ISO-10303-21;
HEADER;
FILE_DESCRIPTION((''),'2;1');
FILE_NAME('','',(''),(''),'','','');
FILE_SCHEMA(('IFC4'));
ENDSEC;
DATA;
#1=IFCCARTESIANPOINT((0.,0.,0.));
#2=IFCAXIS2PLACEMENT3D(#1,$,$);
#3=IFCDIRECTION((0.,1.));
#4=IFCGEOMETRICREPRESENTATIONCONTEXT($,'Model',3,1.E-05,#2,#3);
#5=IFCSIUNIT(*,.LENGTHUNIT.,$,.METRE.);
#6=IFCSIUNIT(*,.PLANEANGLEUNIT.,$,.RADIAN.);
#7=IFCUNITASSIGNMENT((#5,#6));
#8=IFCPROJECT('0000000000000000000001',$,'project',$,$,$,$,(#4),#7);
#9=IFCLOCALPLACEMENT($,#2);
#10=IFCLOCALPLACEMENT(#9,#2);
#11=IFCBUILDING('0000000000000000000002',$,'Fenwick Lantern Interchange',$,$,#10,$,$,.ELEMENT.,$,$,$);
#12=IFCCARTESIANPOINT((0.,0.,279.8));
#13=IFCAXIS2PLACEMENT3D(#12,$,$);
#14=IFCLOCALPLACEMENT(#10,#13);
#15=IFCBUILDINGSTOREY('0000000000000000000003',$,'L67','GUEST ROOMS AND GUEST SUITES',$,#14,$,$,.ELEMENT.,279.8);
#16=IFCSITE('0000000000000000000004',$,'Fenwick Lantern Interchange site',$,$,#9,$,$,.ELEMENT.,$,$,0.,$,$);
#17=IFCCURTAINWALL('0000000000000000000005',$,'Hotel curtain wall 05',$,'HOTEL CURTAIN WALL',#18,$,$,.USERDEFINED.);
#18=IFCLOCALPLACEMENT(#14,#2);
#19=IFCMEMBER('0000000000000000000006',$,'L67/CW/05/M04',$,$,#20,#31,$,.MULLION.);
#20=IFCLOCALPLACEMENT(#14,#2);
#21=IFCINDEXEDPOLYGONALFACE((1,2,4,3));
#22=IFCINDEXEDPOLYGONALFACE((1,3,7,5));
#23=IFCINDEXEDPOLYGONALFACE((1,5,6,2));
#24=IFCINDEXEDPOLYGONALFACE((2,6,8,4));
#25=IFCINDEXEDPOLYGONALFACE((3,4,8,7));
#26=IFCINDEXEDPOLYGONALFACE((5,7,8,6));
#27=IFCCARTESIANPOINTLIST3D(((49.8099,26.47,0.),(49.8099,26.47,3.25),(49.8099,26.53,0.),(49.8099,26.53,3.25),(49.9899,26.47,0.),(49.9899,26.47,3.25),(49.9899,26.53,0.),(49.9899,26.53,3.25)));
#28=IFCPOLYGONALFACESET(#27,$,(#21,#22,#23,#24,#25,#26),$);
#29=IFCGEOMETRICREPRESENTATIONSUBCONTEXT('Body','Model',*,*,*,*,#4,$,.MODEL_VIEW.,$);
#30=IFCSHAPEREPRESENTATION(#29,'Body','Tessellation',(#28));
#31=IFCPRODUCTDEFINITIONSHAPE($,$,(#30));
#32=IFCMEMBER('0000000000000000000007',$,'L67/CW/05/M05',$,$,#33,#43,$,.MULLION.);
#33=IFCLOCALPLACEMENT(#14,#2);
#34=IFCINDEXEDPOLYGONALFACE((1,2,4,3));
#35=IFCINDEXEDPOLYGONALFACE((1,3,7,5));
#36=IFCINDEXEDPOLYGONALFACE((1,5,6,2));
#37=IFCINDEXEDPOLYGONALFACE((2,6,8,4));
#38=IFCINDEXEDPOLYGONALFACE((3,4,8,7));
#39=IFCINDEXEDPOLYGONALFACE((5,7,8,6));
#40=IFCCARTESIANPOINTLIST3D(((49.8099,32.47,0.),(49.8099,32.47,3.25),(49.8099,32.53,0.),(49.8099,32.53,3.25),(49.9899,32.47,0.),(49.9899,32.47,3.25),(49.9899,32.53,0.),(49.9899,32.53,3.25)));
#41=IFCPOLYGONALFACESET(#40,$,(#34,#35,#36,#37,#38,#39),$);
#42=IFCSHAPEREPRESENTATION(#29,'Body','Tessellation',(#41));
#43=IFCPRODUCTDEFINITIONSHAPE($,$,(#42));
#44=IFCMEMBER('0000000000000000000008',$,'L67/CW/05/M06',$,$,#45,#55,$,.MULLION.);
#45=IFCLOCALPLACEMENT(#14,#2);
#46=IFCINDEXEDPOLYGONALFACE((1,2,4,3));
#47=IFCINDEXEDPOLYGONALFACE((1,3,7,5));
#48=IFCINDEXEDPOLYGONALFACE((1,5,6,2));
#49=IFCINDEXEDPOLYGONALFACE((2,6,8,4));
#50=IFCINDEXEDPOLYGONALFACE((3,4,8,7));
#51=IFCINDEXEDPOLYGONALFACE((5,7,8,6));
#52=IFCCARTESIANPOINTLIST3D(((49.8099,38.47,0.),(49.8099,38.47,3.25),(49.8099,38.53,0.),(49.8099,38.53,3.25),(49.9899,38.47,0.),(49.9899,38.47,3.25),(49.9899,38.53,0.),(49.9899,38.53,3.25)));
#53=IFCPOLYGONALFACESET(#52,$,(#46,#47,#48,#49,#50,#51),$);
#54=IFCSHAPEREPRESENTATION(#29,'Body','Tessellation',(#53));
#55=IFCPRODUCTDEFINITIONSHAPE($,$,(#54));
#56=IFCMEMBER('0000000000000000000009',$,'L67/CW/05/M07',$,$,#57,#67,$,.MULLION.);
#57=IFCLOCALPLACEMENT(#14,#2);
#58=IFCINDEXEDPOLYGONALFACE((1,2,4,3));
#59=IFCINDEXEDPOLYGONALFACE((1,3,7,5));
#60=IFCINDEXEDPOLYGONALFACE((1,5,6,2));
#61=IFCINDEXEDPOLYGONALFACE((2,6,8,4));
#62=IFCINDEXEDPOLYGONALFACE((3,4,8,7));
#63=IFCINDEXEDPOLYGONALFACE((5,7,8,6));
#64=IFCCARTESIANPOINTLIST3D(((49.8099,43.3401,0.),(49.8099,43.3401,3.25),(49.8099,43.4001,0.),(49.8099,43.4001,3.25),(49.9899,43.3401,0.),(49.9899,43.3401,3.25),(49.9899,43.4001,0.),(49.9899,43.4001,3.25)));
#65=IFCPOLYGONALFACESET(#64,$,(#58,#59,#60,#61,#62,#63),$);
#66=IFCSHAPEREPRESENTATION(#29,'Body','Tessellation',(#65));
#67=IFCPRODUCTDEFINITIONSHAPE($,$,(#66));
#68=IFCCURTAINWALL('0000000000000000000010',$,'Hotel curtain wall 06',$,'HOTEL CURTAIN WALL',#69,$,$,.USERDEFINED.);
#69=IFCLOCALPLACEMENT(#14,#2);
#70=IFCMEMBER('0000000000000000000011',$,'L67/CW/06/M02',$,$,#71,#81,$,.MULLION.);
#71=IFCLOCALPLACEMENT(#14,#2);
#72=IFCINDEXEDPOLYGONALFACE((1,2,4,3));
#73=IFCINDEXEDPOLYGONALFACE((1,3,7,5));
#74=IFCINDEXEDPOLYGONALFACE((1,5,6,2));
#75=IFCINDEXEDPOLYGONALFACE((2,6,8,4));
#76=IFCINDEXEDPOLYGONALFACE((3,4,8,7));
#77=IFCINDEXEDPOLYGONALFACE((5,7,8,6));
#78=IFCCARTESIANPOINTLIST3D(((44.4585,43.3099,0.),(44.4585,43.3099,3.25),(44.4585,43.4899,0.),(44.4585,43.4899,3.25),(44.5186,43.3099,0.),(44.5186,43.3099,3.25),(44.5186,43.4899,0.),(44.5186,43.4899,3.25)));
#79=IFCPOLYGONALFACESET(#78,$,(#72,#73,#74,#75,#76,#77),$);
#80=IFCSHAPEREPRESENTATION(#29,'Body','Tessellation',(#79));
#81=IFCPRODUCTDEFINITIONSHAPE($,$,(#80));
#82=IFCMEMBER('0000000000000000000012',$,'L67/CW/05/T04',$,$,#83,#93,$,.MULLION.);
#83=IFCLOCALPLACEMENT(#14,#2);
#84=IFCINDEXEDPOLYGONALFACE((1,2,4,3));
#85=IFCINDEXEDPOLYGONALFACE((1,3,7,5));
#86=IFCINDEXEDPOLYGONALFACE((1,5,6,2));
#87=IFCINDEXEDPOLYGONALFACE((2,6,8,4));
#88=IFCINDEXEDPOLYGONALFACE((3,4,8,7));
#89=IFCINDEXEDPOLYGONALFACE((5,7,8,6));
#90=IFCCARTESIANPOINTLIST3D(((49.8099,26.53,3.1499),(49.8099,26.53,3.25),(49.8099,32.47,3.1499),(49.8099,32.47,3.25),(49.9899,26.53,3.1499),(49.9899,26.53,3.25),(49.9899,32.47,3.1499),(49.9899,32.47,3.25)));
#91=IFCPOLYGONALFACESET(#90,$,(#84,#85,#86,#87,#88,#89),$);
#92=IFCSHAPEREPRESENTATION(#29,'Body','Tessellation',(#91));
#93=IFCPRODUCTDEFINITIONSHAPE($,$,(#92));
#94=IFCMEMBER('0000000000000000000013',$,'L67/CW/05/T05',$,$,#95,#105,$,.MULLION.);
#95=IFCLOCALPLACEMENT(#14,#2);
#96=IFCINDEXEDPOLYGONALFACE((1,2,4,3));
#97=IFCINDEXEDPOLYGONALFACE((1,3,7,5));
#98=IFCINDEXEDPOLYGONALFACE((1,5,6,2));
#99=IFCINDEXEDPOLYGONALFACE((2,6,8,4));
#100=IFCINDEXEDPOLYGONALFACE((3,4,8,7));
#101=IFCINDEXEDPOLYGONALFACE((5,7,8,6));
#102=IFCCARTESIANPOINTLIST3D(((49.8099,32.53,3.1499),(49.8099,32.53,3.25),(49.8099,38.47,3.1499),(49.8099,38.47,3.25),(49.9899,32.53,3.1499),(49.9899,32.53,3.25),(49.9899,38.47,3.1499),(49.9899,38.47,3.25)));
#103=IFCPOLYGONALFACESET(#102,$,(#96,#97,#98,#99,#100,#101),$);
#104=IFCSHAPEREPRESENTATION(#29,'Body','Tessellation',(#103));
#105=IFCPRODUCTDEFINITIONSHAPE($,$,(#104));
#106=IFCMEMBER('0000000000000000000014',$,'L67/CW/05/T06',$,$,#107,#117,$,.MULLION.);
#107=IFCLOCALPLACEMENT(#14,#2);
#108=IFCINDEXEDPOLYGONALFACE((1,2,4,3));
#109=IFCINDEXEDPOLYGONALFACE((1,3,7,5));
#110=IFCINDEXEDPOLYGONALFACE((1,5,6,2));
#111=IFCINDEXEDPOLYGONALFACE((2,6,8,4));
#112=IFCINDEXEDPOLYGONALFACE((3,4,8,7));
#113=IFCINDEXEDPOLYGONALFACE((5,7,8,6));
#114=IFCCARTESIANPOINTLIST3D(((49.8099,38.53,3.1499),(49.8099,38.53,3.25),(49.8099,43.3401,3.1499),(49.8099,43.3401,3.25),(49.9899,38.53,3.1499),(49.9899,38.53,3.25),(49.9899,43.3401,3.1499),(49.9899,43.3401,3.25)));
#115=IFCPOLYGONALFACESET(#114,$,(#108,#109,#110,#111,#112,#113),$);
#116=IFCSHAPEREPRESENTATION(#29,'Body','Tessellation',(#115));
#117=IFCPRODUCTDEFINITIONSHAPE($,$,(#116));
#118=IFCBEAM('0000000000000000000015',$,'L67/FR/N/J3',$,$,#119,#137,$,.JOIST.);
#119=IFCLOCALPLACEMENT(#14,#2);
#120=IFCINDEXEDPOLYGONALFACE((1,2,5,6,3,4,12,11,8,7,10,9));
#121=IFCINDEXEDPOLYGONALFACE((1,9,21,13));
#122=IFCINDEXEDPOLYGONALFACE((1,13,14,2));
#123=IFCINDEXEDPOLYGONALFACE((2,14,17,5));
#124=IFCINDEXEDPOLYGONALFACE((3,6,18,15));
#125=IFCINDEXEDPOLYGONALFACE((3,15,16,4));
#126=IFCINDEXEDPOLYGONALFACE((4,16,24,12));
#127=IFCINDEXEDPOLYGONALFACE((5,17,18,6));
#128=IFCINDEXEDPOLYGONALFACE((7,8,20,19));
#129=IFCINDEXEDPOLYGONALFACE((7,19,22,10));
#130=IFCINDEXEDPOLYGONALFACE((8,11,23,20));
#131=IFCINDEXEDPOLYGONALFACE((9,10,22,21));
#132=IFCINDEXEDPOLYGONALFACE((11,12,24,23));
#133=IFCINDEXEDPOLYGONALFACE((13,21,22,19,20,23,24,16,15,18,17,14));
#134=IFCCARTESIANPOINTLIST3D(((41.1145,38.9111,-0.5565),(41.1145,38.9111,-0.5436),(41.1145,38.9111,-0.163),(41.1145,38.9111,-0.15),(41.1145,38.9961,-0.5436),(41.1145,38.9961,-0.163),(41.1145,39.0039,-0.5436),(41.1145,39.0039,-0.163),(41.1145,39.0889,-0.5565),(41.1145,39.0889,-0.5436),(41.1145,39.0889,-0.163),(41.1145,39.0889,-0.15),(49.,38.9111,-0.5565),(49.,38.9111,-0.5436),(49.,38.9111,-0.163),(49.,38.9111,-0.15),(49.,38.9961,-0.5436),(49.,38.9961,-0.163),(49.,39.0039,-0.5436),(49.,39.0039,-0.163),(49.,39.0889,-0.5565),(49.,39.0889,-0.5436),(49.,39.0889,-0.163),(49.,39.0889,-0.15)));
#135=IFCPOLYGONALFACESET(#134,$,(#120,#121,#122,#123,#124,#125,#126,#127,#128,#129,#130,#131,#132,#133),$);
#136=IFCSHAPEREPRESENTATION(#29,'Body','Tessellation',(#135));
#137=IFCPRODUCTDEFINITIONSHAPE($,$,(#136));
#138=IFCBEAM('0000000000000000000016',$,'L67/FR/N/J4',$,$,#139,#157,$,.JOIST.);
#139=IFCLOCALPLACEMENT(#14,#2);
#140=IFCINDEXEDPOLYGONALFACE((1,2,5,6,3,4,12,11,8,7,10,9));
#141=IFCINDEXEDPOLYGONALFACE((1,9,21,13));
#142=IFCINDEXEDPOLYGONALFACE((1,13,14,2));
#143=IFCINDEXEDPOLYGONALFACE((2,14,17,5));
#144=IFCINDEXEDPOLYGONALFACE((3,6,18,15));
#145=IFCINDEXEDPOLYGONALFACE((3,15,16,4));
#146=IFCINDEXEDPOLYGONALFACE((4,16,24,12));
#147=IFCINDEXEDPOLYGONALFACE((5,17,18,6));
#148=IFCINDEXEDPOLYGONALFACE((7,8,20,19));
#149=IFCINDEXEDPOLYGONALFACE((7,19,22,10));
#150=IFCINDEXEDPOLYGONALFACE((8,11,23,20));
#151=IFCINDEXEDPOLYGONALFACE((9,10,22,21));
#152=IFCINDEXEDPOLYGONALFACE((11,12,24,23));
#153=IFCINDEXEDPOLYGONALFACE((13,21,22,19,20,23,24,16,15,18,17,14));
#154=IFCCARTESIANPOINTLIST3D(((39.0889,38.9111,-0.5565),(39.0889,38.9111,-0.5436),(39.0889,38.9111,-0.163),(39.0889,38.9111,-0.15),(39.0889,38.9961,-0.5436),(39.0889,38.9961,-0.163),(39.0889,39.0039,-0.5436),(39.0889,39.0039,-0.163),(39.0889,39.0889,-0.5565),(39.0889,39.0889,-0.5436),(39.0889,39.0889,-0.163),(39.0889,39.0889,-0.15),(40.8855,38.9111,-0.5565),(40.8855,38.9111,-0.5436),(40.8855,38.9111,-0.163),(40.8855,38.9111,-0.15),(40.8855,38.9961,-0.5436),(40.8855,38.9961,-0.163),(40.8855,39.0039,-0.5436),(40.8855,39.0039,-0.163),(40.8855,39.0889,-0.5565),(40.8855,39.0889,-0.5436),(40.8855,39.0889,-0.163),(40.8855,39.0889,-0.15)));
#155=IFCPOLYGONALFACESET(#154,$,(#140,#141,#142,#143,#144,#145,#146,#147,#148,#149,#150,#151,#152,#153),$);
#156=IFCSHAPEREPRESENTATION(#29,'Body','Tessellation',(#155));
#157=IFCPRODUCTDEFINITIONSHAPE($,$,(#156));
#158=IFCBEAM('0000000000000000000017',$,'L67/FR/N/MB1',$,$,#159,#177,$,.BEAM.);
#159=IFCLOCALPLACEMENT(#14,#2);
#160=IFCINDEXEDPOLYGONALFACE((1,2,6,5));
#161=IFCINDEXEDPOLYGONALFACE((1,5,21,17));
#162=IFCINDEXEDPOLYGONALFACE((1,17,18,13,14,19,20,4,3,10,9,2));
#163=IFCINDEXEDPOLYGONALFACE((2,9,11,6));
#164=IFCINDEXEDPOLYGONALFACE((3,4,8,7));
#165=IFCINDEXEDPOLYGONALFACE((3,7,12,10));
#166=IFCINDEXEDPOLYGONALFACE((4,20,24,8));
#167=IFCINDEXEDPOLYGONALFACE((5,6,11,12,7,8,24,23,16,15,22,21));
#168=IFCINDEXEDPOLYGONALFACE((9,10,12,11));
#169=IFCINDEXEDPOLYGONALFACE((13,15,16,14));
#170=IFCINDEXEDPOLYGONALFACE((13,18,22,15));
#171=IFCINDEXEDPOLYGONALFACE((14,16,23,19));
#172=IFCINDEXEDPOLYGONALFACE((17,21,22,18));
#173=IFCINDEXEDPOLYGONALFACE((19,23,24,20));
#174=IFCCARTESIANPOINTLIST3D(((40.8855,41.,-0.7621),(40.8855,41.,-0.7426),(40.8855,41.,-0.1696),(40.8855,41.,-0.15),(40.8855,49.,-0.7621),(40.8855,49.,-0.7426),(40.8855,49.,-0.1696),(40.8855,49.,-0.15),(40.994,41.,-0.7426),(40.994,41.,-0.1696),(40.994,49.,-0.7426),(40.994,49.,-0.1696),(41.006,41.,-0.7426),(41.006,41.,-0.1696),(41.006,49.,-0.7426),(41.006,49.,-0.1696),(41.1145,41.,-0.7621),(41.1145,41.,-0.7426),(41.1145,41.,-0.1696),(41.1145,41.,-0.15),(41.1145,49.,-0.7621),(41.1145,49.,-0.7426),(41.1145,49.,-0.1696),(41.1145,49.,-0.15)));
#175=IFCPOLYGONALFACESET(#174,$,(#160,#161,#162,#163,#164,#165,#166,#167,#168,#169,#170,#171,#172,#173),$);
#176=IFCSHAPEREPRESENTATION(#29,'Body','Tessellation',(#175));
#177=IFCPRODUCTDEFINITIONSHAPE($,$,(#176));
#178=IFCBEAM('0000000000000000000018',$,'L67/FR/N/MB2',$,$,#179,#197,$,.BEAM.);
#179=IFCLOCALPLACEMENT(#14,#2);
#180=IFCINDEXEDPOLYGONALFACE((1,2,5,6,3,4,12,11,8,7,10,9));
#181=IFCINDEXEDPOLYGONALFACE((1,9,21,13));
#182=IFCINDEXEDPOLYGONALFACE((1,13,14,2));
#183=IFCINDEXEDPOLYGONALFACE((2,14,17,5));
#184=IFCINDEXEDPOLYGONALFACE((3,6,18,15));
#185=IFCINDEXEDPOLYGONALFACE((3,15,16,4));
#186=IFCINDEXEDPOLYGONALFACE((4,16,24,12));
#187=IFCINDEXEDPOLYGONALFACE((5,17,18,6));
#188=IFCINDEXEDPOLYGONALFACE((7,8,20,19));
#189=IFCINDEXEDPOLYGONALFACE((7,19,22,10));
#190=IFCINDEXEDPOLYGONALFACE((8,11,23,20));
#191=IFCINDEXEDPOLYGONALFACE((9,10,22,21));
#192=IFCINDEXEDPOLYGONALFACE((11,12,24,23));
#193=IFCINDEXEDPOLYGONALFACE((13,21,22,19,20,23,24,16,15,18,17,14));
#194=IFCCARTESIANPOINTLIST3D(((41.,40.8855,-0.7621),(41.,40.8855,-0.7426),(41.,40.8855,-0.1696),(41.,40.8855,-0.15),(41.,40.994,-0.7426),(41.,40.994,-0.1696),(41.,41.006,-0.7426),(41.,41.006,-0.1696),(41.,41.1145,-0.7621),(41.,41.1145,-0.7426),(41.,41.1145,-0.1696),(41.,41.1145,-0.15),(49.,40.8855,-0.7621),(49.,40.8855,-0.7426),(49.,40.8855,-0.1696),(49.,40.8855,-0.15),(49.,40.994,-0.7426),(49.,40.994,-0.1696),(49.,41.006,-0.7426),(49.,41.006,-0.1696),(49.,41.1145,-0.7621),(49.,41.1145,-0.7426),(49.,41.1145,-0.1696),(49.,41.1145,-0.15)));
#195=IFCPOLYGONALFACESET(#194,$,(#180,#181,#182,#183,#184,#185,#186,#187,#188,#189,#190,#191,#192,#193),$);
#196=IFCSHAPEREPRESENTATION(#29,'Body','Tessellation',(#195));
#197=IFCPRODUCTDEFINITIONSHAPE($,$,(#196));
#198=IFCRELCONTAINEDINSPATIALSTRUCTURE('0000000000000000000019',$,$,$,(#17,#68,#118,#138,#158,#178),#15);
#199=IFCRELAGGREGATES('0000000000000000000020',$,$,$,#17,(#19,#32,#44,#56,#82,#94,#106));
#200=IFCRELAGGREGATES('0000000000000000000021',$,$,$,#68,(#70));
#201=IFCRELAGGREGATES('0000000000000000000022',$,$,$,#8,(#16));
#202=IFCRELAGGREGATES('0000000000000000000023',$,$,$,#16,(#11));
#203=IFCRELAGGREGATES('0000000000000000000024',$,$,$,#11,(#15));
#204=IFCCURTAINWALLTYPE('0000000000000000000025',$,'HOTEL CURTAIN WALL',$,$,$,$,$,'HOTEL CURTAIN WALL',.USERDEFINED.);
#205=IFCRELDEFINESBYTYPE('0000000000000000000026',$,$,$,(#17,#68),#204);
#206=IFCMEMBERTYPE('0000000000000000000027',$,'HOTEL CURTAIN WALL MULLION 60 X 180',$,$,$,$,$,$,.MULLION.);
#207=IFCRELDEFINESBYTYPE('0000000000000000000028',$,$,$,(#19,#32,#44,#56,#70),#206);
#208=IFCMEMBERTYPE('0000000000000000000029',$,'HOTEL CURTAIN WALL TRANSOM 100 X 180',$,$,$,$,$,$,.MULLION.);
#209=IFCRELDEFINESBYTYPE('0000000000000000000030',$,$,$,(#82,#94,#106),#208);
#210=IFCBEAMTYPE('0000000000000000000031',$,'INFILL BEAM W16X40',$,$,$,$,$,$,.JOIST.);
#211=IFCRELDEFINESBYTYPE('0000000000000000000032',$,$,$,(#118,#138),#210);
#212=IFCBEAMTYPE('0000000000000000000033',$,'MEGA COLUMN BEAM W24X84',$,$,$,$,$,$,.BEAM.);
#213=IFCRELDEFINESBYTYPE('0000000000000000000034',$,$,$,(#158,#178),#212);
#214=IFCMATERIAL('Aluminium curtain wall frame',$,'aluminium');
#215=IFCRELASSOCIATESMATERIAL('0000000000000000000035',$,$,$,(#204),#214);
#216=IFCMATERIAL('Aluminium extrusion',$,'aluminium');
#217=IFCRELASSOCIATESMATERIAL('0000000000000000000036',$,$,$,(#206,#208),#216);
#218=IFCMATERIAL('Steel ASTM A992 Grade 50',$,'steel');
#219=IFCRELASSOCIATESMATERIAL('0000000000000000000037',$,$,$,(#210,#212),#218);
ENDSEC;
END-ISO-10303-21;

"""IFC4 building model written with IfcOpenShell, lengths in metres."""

from ifc_helpers import new_model, si_unit, direction, frame, origin, origin_2d, place, context, subcontext, project, spatial, rectangle, i_section, extrude, material, material_profile, profile_set, type_object, element, aggregate, save


model = new_model("IFC4")

# Units and contexts
model_context = context("Model", 3, precision=1e-05, world=origin(), true_north=direction((0.0, 1.0)))
body_context = subcontext(model_context, "Body", "Model", "MODEL_VIEW")
ifc_project = project(units=[si_unit("LENGTHUNIT", "METRE"), si_unit("PLANEANGLEUNIT", "RADIAN")], contexts=[model_context])

# Site, building, storey
site_placement = place(None, origin())
site = spatial("IfcSite", under=ifc_project, at=site_placement, Name="Fenwick Lantern Interchange site", CompositionType="ELEMENT", RefElevation=0.0)
building_placement = place(site_placement, origin())
building = spatial("IfcBuilding", under=site, at=building_placement, Name="Fenwick Lantern Interchange", CompositionType="ELEMENT")
storey_placement = place(building_placement, frame((0.0, 0.0, 279.8)))
storey = spatial("IfcBuildingStorey", under=building, at=storey_placement, Name="L67", Description="GUEST ROOMS AND GUEST SUITES", CompositionType="ELEMENT", Elevation=279.8)

# Shared definitions
ifc_material_1 = material(Name="Steel ASTM A992 Grade 50", Category="steel")

# Curtain wall, members
ifc_material_2 = material(Name="Aluminium curtain wall frame", Category="aluminium")
curtain_wall_type = type_object("IfcCurtainWallType", Name="HOTEL CURTAIN WALL", ElementType="HOTEL CURTAIN WALL", PredefinedType="USERDEFINED", material=ifc_material_2)
curtain_wall_1_placement = place(storey_placement, origin())
curtain_wall_1 = element("IfcCurtainWall", 1, at=curtain_wall_1_placement, inside=storey, type_object=curtain_wall_type, Name="Hotel curtain wall 05", ObjectType="HOTEL CURTAIN WALL", PredefinedType="USERDEFINED")
ifc_material_3 = material(Name="Aluminium extrusion", Category="aluminium")
ifc_material_profile_1 = material_profile(ifc_material_3, rectangle(XDim=0.1799, YDim=0.0601, at=origin_2d()), Name="HOTEL CURTAIN WALL MULLION 60 X 180")
ifc_profile_set_1 = profile_set([ifc_material_profile_1], Name="Aluminium extrusion")
member_type_1 = type_object("IfcMemberType", Name="HOTEL CURTAIN WALL MULLION 60 X 180", PredefinedType="MULLION", material=ifc_profile_set_1)
member_1_placement = place(storey_placement, frame((49.8999, 26.5, 0.0), z_axis=(0.0, 0.0, 1.0), x_axis=(-1.0, 0.0, 0.0)))
member_1 = element("IfcMember", 2, at=member_1_placement, type_object=member_type_1, Name="L67/CW/05/M04", PredefinedType="MULLION", context=body_context, shape_type="SweptSolid", body=[
    extrude(rectangle(XDim=0.1799, YDim=0.0601, at=origin_2d()), origin(), (0.0, 0.0, 1.0), 3.25),
])
member_2_placement = place(storey_placement, frame((49.8999, 32.5, 0.0), z_axis=(0.0, 0.0, 1.0), x_axis=(-1.0, 0.0, 0.0)))
member_2 = element("IfcMember", 3, at=member_2_placement, type_object=member_type_1, Name="L67/CW/05/M05", PredefinedType="MULLION", context=body_context, shape_type="SweptSolid", body=[
    extrude(rectangle(XDim=0.1799, YDim=0.0601, at=origin_2d()), origin(), (0.0, 0.0, 1.0), 3.25),
])
member_3_placement = place(storey_placement, frame((49.8999, 38.5, 0.0), z_axis=(0.0, 0.0, 1.0), x_axis=(-1.0, 0.0, 0.0)))
member_3 = element("IfcMember", 4, at=member_3_placement, type_object=member_type_1, Name="L67/CW/05/M06", PredefinedType="MULLION", context=body_context, shape_type="SweptSolid", body=[
    extrude(rectangle(XDim=0.1799, YDim=0.0601, at=origin_2d()), origin(), (0.0, 0.0, 1.0), 3.25),
])
member_4_placement = place(storey_placement, frame((49.8999, 43.3701, 0.0), z_axis=(0.0, 0.0, 1.0), x_axis=(-1.0, 0.0, 0.0)))
member_4 = element("IfcMember", 5, at=member_4_placement, type_object=member_type_1, Name="L67/CW/05/M07", PredefinedType="MULLION", context=body_context, shape_type="SweptSolid", body=[
    extrude(rectangle(XDim=0.1799, YDim=0.0601, at=origin_2d()), origin(), (0.0, 0.0, 1.0), 3.25),
])

# Curtain wall, member
curtain_wall_2_placement = place(storey_placement, origin())
curtain_wall_2 = element("IfcCurtainWall", 6, at=curtain_wall_2_placement, inside=storey, type_object=curtain_wall_type, Name="Hotel curtain wall 06", ObjectType="HOTEL CURTAIN WALL", PredefinedType="USERDEFINED")
member_5_placement = place(storey_placement, frame((44.4885, 43.3999, 0.0), z_axis=(0.0, 0.0, 1.0), x_axis=(0.0, -1.0, 0.0)))
member_5 = element("IfcMember", 7, at=member_5_placement, type_object=member_type_1, Name="L67/CW/06/M02", PredefinedType="MULLION", context=body_context, shape_type="SweptSolid", body=[
    extrude(rectangle(XDim=0.1799, YDim=0.0601, at=origin_2d()), origin(), (0.0, 0.0, 1.0), 3.25),
])

# Members
ifc_material_profile_2 = material_profile(ifc_material_3, rectangle(XDim=0.1799, YDim=0.1001, at=origin_2d()), Name="HOTEL CURTAIN WALL TRANSOM 100 X 180")
ifc_profile_set_2 = profile_set([ifc_material_profile_2], Name="Aluminium extrusion")
member_type_2 = type_object("IfcMemberType", Name="HOTEL CURTAIN WALL TRANSOM 100 X 180", PredefinedType="MULLION", material=ifc_profile_set_2)
member_6_placement = place(storey_placement, frame((49.8999, 26.53, 3.2), z_axis=(0.0, 1.0, 0.0), x_axis=(-1.0, 0.0, 0.0)))
member_6 = element("IfcMember", 8, at=member_6_placement, type_object=member_type_2, Name="L67/CW/05/T04", PredefinedType="MULLION", context=body_context, shape_type="SweptSolid", body=[
    extrude(rectangle(XDim=0.1799, YDim=0.1001, at=origin_2d()), origin(), (0.0, 0.0, 1.0), 5.9399),
])
member_7_placement = place(storey_placement, frame((49.8999, 32.53, 3.2), z_axis=(0.0, 1.0, 0.0), x_axis=(-1.0, 0.0, 0.0)))
member_7 = element("IfcMember", 9, at=member_7_placement, type_object=member_type_2, Name="L67/CW/05/T05", PredefinedType="MULLION", context=body_context, shape_type="SweptSolid", body=[
    extrude(rectangle(XDim=0.1799, YDim=0.1001, at=origin_2d()), origin(), (0.0, 0.0, 1.0), 5.9399),
])
member_8_placement = place(storey_placement, frame((49.8999, 38.53, 3.2), z_axis=(0.0, 1.0, 0.0), x_axis=(-1.0, 0.0, 0.0)))
member_8 = element("IfcMember", 10, at=member_8_placement, type_object=member_type_2, Name="L67/CW/05/T06", PredefinedType="MULLION", context=body_context, shape_type="SweptSolid", body=[
    extrude(rectangle(XDim=0.1799, YDim=0.1001, at=origin_2d()), origin(), (0.0, 0.0, 1.0), 4.8101),
])

# Beams
ifc_material_profile_3 = material_profile(ifc_material_1, i_section(OverallWidth=0.1777, OverallDepth=0.4065, WebThickness=0.0078, FlangeThickness=0.0129, at=origin_2d()), Name="W16X40")
ifc_profile_set_3 = profile_set([ifc_material_profile_3], Name="Steel ASTM A992 Grade 50")
beam_type_1 = type_object("IfcBeamType", Name="INFILL BEAM W16X40", PredefinedType="JOIST", material=ifc_profile_set_3)
beam_1_placement = place(storey_placement, frame((49.0, 39.0, -0.3533), z_axis=(-1.0, 0.0, 0.0), x_axis=(0.0, -1.0, 0.0)))
element("IfcBeam", 11, at=beam_1_placement, inside=storey, type_object=beam_type_1, Name="L67/FR/N/J3", PredefinedType="JOIST", context=body_context, shape_type="SweptSolid", body=[
    extrude(i_section(OverallWidth=0.1777, OverallDepth=0.4065, WebThickness=0.0078, FlangeThickness=0.0129, at=origin_2d()), origin(), (0.0, 0.0, 1.0), 7.8855),
])
beam_2_placement = place(storey_placement, frame((40.8855, 39.0, -0.3533), z_axis=(-1.0, 0.0, 0.0), x_axis=(0.0, -1.0, 0.0)))
element("IfcBeam", 12, at=beam_2_placement, inside=storey, type_object=beam_type_1, Name="L67/FR/N/J4", PredefinedType="JOIST", context=body_context, shape_type="SweptSolid", body=[
    extrude(i_section(OverallWidth=0.1777, OverallDepth=0.4065, WebThickness=0.0078, FlangeThickness=0.0129, at=origin_2d()), origin(), (0.0, 0.0, 1.0), 1.7966),
])
ifc_material_profile_4 = material_profile(ifc_material_1, i_section(OverallWidth=0.229, OverallDepth=0.6121, WebThickness=0.012, FlangeThickness=0.0195, at=origin_2d()), Name="W24X84")
ifc_profile_set_4 = profile_set([ifc_material_profile_4], Name="Steel ASTM A992 Grade 50")
beam_type_2 = type_object("IfcBeamType", Name="MEGA COLUMN BEAM W24X84", PredefinedType="BEAM", material=ifc_profile_set_4)
for number, where, z_axis, x_axis, name in (
    (13, (41.0, 41.0, -0.4561), (0.0, 1.0, 0.0), (-1.0, 0.0, 0.0), "L67/FR/N/MB1"),
    (14, (41.0, 41.0, -0.4561), (1.0, 0.0, 0.0), (0.0, 1.0, 0.0), "L67/FR/N/MB2"),
):
    element("IfcBeam", number, at=place(storey_placement, frame(where, z_axis=z_axis, x_axis=x_axis)), inside=storey, type_object=beam_type_2, Name=name, PredefinedType="BEAM", context=body_context, shape_type="SweptSolid", body=[
        extrude(i_section(OverallWidth=0.229, OverallDepth=0.6121, WebThickness=0.012, FlangeThickness=0.0195, at=origin_2d()), origin(), (0.0, 0.0, 1.0), 8.0),
    ])

aggregate(curtain_wall_1, [member_1, member_2, member_3, member_4, member_6, member_7, member_8])
aggregate(curtain_wall_2, [member_5])

save(model, "model.ifc")
